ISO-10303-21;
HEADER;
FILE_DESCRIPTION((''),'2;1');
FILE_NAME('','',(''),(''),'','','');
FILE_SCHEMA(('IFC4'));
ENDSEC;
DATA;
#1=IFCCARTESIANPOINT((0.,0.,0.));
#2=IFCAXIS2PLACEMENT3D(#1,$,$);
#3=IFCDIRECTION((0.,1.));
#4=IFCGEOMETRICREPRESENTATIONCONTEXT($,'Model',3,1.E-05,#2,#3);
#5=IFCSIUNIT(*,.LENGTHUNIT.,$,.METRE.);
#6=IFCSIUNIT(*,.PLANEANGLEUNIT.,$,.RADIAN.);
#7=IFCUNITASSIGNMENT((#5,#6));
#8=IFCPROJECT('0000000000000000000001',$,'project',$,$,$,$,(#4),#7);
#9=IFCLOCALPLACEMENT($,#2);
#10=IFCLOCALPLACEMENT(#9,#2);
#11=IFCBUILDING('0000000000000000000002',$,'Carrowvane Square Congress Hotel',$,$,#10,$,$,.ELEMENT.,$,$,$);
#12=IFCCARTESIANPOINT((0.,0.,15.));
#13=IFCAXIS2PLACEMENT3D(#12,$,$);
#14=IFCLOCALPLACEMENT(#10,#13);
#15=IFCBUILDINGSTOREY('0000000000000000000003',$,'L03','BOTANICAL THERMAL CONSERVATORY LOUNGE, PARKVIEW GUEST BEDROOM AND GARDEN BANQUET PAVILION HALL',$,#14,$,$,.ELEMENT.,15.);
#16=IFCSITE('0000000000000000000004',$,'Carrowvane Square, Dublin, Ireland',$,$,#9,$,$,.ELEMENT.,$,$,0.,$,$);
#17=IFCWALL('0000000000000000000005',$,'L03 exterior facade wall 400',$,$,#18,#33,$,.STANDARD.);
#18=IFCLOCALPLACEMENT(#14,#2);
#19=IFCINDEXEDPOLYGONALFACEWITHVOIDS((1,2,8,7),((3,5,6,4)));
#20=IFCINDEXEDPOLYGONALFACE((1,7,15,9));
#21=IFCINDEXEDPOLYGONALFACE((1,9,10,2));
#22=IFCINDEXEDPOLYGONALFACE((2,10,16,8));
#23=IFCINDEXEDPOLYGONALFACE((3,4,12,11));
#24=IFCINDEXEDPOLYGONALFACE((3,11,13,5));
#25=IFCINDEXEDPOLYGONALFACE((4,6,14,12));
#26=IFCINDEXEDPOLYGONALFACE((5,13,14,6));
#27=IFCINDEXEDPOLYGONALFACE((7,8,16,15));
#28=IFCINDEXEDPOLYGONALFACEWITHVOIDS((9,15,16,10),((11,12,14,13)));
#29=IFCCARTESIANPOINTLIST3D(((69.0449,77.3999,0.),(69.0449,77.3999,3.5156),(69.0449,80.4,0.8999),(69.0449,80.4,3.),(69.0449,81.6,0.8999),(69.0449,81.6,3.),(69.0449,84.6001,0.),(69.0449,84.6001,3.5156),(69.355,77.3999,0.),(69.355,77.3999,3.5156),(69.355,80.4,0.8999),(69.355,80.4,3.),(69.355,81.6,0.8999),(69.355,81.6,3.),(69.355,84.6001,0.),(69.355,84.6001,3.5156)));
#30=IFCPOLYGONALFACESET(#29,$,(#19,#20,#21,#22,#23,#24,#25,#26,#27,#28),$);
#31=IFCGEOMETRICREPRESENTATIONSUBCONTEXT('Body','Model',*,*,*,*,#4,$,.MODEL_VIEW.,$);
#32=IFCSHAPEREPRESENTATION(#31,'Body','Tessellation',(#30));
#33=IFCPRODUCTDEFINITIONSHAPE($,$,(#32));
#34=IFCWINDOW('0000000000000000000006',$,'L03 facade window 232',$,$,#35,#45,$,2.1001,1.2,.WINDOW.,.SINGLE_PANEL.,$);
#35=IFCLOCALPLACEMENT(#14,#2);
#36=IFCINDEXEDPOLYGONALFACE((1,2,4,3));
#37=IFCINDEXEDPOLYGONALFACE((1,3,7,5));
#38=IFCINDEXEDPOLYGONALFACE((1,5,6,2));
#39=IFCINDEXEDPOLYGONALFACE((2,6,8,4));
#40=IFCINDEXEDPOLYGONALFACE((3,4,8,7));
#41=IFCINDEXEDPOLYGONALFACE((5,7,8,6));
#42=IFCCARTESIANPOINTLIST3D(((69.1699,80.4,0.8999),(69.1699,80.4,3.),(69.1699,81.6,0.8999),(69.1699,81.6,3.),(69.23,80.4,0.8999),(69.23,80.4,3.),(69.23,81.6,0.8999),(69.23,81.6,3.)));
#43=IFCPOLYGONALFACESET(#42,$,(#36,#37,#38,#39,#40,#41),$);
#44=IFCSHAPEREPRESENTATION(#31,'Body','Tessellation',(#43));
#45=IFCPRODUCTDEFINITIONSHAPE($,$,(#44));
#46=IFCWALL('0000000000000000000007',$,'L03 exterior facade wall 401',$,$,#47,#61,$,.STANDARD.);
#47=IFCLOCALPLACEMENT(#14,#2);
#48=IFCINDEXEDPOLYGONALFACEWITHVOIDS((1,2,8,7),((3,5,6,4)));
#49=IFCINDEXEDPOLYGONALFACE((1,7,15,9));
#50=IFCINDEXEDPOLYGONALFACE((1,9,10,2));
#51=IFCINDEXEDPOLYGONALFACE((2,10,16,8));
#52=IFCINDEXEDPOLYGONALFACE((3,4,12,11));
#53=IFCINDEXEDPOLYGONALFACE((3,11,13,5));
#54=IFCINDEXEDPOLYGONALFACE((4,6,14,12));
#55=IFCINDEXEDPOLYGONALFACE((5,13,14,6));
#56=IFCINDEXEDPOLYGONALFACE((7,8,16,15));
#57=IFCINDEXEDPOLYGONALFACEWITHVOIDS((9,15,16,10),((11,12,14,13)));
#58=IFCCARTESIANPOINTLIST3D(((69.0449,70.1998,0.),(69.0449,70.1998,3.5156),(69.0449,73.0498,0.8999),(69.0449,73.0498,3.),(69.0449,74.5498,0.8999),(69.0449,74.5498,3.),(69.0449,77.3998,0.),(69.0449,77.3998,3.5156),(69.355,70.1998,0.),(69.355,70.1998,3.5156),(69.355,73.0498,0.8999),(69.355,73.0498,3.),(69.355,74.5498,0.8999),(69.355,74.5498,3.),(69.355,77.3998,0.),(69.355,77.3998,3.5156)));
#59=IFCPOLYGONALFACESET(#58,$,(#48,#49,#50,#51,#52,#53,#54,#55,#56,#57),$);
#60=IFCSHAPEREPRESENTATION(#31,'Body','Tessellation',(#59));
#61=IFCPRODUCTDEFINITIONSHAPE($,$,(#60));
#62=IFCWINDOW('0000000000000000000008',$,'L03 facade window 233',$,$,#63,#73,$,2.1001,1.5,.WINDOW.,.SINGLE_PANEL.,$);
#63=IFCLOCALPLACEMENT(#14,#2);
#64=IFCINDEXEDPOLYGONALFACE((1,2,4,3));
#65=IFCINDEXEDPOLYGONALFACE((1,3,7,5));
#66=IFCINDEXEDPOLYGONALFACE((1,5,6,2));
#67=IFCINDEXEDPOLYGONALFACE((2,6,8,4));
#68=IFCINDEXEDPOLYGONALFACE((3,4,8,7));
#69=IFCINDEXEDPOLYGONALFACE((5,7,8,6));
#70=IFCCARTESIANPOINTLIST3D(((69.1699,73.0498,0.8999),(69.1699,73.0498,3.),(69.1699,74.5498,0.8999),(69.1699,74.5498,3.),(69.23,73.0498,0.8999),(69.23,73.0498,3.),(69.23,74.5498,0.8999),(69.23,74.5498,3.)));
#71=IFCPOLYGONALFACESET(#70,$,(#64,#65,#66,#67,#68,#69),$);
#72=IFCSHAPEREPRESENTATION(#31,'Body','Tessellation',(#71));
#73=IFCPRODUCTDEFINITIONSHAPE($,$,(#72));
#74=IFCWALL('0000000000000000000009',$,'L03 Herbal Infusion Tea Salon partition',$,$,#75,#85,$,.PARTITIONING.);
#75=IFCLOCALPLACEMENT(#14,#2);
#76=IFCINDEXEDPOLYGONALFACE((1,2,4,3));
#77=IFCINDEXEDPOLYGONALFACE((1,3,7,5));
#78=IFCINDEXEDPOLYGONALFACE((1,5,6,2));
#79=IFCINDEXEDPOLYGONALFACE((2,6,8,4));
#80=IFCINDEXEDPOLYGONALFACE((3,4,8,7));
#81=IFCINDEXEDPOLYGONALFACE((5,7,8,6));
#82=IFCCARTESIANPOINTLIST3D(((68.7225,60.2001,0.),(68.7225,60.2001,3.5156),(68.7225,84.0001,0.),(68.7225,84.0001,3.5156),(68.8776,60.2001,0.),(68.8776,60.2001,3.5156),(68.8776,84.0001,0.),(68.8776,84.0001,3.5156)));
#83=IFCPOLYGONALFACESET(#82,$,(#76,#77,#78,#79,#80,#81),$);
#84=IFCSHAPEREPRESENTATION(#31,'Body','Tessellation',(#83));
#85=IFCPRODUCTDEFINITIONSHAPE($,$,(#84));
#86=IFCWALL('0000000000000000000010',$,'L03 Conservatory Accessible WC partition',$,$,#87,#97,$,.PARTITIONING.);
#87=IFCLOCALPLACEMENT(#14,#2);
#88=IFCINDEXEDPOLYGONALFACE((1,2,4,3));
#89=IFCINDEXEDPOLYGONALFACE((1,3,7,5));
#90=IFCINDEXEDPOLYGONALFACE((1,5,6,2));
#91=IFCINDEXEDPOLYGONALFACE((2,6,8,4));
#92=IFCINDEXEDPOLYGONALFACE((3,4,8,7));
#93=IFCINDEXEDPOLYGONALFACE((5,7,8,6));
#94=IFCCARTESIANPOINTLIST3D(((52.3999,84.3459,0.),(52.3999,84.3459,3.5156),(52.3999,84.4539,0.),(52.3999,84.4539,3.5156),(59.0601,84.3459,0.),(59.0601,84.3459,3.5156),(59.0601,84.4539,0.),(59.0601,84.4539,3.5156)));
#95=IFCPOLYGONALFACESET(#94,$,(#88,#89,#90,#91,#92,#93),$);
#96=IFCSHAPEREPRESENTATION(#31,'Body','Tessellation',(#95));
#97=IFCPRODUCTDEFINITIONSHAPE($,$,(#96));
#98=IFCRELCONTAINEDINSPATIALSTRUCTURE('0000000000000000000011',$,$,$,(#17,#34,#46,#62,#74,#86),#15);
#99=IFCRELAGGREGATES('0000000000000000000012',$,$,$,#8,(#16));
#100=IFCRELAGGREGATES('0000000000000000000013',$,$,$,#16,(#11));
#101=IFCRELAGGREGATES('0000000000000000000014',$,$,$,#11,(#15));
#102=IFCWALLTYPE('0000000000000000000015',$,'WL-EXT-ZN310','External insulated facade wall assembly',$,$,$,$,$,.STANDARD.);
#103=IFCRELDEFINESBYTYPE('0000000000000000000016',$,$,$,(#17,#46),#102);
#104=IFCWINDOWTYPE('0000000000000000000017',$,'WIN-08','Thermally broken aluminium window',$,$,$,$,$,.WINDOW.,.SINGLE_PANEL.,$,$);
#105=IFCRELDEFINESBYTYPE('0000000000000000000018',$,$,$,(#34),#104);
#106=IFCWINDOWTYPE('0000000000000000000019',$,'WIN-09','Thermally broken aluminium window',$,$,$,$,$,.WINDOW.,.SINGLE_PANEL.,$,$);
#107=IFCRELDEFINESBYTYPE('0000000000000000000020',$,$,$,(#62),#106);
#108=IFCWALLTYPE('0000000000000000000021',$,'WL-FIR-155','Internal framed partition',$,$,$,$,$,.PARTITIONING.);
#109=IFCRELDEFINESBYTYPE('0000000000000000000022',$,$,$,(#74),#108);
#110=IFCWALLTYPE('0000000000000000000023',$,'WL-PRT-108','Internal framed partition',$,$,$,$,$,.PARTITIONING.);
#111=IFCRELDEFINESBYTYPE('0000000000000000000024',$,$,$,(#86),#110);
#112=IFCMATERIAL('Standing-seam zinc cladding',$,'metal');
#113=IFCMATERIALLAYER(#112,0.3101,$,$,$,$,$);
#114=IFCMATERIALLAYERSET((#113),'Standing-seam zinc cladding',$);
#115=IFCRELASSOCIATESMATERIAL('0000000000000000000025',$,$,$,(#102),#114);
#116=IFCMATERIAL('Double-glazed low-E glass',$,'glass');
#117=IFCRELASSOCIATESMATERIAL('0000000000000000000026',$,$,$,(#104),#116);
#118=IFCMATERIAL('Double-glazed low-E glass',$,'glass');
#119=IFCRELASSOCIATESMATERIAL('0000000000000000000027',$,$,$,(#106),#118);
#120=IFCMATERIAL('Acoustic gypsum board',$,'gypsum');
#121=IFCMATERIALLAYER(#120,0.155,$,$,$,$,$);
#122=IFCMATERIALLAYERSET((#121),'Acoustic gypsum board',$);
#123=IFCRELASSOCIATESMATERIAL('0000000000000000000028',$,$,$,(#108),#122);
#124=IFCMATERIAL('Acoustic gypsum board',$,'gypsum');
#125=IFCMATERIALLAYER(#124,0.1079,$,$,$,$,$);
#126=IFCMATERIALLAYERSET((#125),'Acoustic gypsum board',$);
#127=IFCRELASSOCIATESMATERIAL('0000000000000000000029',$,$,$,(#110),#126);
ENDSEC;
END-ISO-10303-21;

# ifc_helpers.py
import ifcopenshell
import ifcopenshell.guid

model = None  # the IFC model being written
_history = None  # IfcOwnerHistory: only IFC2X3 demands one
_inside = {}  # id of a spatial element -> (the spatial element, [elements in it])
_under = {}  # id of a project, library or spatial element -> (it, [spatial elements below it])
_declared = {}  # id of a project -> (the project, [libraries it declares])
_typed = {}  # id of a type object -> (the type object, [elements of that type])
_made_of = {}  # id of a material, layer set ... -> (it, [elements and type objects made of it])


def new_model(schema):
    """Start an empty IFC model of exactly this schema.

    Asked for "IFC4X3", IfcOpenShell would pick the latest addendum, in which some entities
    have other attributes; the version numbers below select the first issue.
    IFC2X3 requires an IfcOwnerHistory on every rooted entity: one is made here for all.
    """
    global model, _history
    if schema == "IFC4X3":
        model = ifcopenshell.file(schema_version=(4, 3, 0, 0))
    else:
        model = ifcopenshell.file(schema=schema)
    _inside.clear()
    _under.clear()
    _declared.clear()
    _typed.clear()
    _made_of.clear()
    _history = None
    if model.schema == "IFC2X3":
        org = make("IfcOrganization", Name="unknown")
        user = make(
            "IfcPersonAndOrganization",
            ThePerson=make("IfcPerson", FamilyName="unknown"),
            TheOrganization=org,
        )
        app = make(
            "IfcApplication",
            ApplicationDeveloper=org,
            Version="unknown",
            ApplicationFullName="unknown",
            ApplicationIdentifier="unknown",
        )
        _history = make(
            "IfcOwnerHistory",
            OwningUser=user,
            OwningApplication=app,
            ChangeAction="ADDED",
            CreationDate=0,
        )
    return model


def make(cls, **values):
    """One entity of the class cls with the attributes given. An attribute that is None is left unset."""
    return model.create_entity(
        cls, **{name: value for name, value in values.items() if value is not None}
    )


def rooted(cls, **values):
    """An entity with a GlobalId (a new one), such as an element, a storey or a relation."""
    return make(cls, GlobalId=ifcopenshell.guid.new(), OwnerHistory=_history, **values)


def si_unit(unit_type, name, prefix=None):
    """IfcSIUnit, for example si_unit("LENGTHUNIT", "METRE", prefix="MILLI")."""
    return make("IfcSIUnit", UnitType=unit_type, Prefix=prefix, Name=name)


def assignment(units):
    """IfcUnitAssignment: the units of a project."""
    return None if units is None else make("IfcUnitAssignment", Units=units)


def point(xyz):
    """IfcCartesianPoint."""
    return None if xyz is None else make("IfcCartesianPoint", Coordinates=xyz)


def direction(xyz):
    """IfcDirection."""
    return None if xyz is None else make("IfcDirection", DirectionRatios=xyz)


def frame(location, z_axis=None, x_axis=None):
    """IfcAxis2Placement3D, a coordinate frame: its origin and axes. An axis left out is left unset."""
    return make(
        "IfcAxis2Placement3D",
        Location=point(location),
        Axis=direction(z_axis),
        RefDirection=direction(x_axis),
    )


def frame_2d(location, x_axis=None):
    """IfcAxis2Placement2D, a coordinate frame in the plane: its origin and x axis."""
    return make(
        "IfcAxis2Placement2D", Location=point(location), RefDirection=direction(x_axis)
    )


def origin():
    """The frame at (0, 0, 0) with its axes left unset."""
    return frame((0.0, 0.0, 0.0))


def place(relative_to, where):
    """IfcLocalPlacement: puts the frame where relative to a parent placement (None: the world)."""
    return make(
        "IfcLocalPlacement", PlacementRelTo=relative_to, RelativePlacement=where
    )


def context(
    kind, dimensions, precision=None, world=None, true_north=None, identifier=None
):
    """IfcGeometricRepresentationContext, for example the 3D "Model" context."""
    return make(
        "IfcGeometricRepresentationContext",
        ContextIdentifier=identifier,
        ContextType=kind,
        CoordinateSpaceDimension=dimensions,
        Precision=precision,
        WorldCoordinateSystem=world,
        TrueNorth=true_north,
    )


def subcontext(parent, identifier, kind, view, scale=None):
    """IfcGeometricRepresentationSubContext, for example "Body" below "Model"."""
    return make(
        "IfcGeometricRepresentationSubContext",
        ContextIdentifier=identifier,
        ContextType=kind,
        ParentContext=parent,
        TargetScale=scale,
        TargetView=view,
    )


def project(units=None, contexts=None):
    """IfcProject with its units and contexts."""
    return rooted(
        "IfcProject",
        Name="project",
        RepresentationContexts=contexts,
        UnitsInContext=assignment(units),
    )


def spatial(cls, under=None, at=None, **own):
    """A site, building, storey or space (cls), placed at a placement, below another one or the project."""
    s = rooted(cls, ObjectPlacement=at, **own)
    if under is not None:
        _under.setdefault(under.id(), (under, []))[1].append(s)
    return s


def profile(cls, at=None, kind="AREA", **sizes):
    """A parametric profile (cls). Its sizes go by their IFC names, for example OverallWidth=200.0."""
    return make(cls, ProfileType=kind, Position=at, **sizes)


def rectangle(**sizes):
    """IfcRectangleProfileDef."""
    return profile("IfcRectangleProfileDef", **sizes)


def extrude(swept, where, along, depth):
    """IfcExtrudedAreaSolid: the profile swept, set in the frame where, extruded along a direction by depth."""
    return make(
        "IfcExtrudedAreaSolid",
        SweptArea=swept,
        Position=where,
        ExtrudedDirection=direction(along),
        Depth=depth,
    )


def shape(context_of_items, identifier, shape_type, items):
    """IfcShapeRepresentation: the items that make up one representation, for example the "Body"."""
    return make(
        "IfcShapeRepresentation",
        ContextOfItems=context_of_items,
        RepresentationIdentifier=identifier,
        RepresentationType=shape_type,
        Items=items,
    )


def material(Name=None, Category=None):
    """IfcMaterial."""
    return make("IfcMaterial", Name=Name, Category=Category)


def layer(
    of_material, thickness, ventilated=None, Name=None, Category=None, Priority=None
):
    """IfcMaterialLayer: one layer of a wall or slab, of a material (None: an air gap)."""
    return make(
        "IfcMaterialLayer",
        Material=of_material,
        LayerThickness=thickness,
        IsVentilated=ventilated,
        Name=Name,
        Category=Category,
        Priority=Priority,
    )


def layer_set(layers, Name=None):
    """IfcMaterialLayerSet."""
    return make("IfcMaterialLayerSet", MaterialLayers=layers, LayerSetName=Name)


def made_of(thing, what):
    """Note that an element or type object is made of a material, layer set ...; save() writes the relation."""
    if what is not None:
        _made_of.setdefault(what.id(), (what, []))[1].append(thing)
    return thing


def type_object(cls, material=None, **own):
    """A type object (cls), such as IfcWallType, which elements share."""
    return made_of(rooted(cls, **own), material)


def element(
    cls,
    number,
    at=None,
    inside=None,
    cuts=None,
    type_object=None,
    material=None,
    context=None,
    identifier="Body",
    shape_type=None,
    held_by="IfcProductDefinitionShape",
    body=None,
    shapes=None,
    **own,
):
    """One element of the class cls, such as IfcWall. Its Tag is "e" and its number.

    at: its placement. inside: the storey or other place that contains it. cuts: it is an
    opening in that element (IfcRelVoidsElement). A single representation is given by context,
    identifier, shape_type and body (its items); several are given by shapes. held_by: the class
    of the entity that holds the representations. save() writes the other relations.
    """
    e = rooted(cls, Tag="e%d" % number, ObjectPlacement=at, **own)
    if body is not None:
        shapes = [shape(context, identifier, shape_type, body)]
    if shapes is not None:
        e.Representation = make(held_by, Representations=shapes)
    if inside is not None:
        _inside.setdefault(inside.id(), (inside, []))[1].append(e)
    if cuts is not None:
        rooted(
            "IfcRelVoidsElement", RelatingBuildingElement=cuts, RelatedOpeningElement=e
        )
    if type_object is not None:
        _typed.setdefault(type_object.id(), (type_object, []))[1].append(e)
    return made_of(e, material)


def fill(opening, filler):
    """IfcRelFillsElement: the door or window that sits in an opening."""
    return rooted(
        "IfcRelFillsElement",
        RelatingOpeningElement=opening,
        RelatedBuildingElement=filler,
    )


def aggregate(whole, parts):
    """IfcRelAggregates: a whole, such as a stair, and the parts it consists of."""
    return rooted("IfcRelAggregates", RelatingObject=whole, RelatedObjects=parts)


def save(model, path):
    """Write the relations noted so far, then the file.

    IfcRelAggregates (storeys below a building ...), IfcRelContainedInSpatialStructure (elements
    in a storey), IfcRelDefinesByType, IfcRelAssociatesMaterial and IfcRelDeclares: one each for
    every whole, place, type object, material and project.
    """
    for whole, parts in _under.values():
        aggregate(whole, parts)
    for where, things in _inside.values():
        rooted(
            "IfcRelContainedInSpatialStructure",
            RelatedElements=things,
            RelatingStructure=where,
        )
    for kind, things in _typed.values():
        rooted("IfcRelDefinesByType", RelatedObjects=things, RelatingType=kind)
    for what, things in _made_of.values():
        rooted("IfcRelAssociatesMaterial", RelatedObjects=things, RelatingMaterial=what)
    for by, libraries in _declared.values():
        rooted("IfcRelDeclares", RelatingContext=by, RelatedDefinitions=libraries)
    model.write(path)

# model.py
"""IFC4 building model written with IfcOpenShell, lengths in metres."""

from ifc_helpers import new_model, si_unit, direction, frame, frame_2d, origin, place, context, subcontext, project, spatial, rectangle, extrude, material, layer, layer_set, type_object, element, fill, save


model = new_model("IFC4")

# Units and contexts
model_context = context("Model", 3, precision=1e-05, world=origin(), true_north=direction((0.0, 1.0)))
body_context = subcontext(model_context, "Body", "Model", "MODEL_VIEW")
ifc_project = project(units=[si_unit("LENGTHUNIT", "METRE"), si_unit("PLANEANGLEUNIT", "RADIAN")], contexts=[model_context])

# Site, building, storey
site_placement = place(None, origin())
site = spatial("IfcSite", under=ifc_project, at=site_placement, Name="Carrowvane Square, Dublin, Ireland", CompositionType="ELEMENT", RefElevation=0.0)
building_placement = place(site_placement, origin())
building = spatial("IfcBuilding", under=site, at=building_placement, Name="Carrowvane Square Congress Hotel", CompositionType="ELEMENT")
storey_placement = place(building_placement, frame((0.0, 0.0, 15.0)))
storey = spatial("IfcBuildingStorey", under=building, at=storey_placement, Name="L03", Description="BOTANICAL THERMAL CONSERVATORY LOUNGE, PARKVIEW GUEST BEDROOM AND GARDEN BANQUET PAVILION HALL", CompositionType="ELEMENT", Elevation=15.0)

# Walls, openings, windows
ifc_material_1 = material(Name="Standing-seam zinc cladding", Category="metal")
ifc_layer_1 = layer(ifc_material_1, 0.3101)
ifc_layer_set_1 = layer_set([ifc_layer_1], Name="Standing-seam zinc cladding")
wall_type_1 = type_object("IfcWallType", Name="WL-EXT-ZN310", Description="External insulated facade wall assembly", PredefinedType="STANDARD", material=ifc_layer_set_1)
wall_1_placement = place(storey_placement, frame((69.2, 84.6001, 0.0), z_axis=(0.0, 0.0, 1.0), x_axis=(0.0, -1.0, 0.0)))
wall_1 = element("IfcWall", 1, at=wall_1_placement, inside=storey, type_object=wall_type_1, Name="L03 exterior facade wall 400", PredefinedType="STANDARD", context=body_context, shape_type="SweptSolid", body=[
    extrude(rectangle(XDim=7.2002, YDim=0.3101, at=frame_2d((3.6001, 0.0))), origin(), (0.0, 0.0, 1.0), 3.5156),
])
opening_1_placement = place(wall_1_placement, frame((3.0, 0.0, 0.8999)))
opening_1 = element("IfcOpeningElement", 2, at=opening_1_placement, cuts=wall_1, PredefinedType="OPENING", context=body_context, shape_type="SweptSolid", body=[
    extrude(rectangle(XDim=1.2, YDim=2.1001, at=frame_2d((0.6001, 1.05))), frame((0.0, 0.165, 0.0), z_axis=(0.0, -1.0, 0.0), x_axis=(1.0, 0.0, 0.0)), (0.0, 0.0, 1.0), 0.3301),
])
ifc_material_2 = material(Name="Double-glazed low-E glass", Category="glass")
window_type_1 = type_object("IfcWindowType", Name="WIN-08", Description="Thermally broken aluminium window", PartitioningType="SINGLE_PANEL", PredefinedType="WINDOW", material=ifc_material_2)
window_1_placement = place(opening_1_placement, origin())
window_1 = element("IfcWindow", 3, at=window_1_placement, inside=storey, type_object=window_type_1, Name="L03 facade window 232", OverallHeight=2.1001, OverallWidth=1.2, PartitioningType="SINGLE_PANEL", PredefinedType="WINDOW", context=body_context, shape_type="SweptSolid", body=[
    extrude(rectangle(XDim=1.2, YDim=2.1001, at=frame_2d((0.6001, 1.05))), frame((0.0, 0.03, 0.0), z_axis=(0.0, -1.0, 0.0), x_axis=(1.0, 0.0, 0.0)), (0.0, 0.0, 1.0), 0.0601),
])
fill(opening_1, window_1)
wall_2_placement = place(storey_placement, frame((69.2, 77.3999, 0.0), z_axis=(0.0, 0.0, 1.0), x_axis=(0.0, -1.0, 0.0)))
wall_2 = element("IfcWall", 4, at=wall_2_placement, inside=storey, type_object=wall_type_1, Name="L03 exterior facade wall 401", PredefinedType="STANDARD", context=body_context, shape_type="SweptSolid", body=[
    extrude(rectangle(XDim=7.2, YDim=0.3101, at=frame_2d((3.6001, 0.0))), origin(), (0.0, 0.0, 1.0), 3.5156),
])
opening_2_placement = place(wall_2_placement, frame((2.8501, 0.0, 0.8999)))
opening_2 = element("IfcOpeningElement", 5, at=opening_2_placement, cuts=wall_2, PredefinedType="OPENING", context=body_context, shape_type="SweptSolid", body=[
    extrude(rectangle(XDim=1.5, YDim=2.1001, at=frame_2d((0.75, 1.05))), frame((0.0, 0.165, 0.0), z_axis=(0.0, -1.0, 0.0), x_axis=(1.0, 0.0, 0.0)), (0.0, 0.0, 1.0), 0.3301),
])
ifc_material_3 = material(Name="Double-glazed low-E glass", Category="glass")
window_type_2 = type_object("IfcWindowType", Name="WIN-09", Description="Thermally broken aluminium window", PartitioningType="SINGLE_PANEL", PredefinedType="WINDOW", material=ifc_material_3)
window_2_placement = place(opening_2_placement, origin())
window_2 = element("IfcWindow", 6, at=window_2_placement, inside=storey, type_object=window_type_2, Name="L03 facade window 233", OverallHeight=2.1001, OverallWidth=1.5, PartitioningType="SINGLE_PANEL", PredefinedType="WINDOW", context=body_context, shape_type="SweptSolid", body=[
    extrude(rectangle(XDim=1.5, YDim=2.1001, at=frame_2d((0.75, 1.05))), frame((0.0, 0.03, 0.0), z_axis=(0.0, -1.0, 0.0), x_axis=(1.0, 0.0, 0.0)), (0.0, 0.0, 1.0), 0.0601),
])
fill(opening_2, window_2)

# Walls
ifc_material_4 = material(Name="Acoustic gypsum board", Category="gypsum")
ifc_layer_2 = layer(ifc_material_4, 0.155)
ifc_layer_set_2 = layer_set([ifc_layer_2], Name="Acoustic gypsum board")
wall_type_2 = type_object("IfcWallType", Name="WL-FIR-155", Description="Internal framed partition", PredefinedType="PARTITIONING", material=ifc_layer_set_2)
wall_3_placement = place(storey_placement, frame((68.8, 84.0, 0.0), z_axis=(0.0, 0.0, 1.0), x_axis=(0.0, -1.0, 0.0)))
element("IfcWall", 7, at=wall_3_placement, inside=storey, type_object=wall_type_2, Name="L03 Herbal Infusion Tea Salon partition", PredefinedType="PARTITIONING", context=body_context, shape_type="SweptSolid", body=[
    extrude(rectangle(XDim=23.8, YDim=0.155, at=frame_2d((11.8999, 0.0))), origin(), (0.0, 0.0, 1.0), 3.5156),
])
ifc_material_5 = material(Name="Acoustic gypsum board", Category="gypsum")
ifc_layer_3 = layer(ifc_material_5, 0.1079)
ifc_layer_set_3 = layer_set([ifc_layer_3], Name="Acoustic gypsum board")
wall_type_3 = type_object("IfcWallType", Name="WL-PRT-108", Description="Internal framed partition", PredefinedType="PARTITIONING", material=ifc_layer_set_3)
wall_4_placement = place(storey_placement, frame((59.0601, 84.3999, 0.0), z_axis=(0.0, 0.0, 1.0), x_axis=(-1.0, 0.0, 0.0)))
element("IfcWall", 8, at=wall_4_placement, inside=storey, type_object=wall_type_3, Name="L03 Conservatory Accessible WC partition", PredefinedType="PARTITIONING", context=body_context, shape_type="SweptSolid", body=[
    extrude(rectangle(XDim=6.6602, YDim=0.1079, at=frame_2d((3.3301, 0.0))), origin(), (0.0, 0.0, 1.0), 3.5156),
])

save(model, "model.ifc")
